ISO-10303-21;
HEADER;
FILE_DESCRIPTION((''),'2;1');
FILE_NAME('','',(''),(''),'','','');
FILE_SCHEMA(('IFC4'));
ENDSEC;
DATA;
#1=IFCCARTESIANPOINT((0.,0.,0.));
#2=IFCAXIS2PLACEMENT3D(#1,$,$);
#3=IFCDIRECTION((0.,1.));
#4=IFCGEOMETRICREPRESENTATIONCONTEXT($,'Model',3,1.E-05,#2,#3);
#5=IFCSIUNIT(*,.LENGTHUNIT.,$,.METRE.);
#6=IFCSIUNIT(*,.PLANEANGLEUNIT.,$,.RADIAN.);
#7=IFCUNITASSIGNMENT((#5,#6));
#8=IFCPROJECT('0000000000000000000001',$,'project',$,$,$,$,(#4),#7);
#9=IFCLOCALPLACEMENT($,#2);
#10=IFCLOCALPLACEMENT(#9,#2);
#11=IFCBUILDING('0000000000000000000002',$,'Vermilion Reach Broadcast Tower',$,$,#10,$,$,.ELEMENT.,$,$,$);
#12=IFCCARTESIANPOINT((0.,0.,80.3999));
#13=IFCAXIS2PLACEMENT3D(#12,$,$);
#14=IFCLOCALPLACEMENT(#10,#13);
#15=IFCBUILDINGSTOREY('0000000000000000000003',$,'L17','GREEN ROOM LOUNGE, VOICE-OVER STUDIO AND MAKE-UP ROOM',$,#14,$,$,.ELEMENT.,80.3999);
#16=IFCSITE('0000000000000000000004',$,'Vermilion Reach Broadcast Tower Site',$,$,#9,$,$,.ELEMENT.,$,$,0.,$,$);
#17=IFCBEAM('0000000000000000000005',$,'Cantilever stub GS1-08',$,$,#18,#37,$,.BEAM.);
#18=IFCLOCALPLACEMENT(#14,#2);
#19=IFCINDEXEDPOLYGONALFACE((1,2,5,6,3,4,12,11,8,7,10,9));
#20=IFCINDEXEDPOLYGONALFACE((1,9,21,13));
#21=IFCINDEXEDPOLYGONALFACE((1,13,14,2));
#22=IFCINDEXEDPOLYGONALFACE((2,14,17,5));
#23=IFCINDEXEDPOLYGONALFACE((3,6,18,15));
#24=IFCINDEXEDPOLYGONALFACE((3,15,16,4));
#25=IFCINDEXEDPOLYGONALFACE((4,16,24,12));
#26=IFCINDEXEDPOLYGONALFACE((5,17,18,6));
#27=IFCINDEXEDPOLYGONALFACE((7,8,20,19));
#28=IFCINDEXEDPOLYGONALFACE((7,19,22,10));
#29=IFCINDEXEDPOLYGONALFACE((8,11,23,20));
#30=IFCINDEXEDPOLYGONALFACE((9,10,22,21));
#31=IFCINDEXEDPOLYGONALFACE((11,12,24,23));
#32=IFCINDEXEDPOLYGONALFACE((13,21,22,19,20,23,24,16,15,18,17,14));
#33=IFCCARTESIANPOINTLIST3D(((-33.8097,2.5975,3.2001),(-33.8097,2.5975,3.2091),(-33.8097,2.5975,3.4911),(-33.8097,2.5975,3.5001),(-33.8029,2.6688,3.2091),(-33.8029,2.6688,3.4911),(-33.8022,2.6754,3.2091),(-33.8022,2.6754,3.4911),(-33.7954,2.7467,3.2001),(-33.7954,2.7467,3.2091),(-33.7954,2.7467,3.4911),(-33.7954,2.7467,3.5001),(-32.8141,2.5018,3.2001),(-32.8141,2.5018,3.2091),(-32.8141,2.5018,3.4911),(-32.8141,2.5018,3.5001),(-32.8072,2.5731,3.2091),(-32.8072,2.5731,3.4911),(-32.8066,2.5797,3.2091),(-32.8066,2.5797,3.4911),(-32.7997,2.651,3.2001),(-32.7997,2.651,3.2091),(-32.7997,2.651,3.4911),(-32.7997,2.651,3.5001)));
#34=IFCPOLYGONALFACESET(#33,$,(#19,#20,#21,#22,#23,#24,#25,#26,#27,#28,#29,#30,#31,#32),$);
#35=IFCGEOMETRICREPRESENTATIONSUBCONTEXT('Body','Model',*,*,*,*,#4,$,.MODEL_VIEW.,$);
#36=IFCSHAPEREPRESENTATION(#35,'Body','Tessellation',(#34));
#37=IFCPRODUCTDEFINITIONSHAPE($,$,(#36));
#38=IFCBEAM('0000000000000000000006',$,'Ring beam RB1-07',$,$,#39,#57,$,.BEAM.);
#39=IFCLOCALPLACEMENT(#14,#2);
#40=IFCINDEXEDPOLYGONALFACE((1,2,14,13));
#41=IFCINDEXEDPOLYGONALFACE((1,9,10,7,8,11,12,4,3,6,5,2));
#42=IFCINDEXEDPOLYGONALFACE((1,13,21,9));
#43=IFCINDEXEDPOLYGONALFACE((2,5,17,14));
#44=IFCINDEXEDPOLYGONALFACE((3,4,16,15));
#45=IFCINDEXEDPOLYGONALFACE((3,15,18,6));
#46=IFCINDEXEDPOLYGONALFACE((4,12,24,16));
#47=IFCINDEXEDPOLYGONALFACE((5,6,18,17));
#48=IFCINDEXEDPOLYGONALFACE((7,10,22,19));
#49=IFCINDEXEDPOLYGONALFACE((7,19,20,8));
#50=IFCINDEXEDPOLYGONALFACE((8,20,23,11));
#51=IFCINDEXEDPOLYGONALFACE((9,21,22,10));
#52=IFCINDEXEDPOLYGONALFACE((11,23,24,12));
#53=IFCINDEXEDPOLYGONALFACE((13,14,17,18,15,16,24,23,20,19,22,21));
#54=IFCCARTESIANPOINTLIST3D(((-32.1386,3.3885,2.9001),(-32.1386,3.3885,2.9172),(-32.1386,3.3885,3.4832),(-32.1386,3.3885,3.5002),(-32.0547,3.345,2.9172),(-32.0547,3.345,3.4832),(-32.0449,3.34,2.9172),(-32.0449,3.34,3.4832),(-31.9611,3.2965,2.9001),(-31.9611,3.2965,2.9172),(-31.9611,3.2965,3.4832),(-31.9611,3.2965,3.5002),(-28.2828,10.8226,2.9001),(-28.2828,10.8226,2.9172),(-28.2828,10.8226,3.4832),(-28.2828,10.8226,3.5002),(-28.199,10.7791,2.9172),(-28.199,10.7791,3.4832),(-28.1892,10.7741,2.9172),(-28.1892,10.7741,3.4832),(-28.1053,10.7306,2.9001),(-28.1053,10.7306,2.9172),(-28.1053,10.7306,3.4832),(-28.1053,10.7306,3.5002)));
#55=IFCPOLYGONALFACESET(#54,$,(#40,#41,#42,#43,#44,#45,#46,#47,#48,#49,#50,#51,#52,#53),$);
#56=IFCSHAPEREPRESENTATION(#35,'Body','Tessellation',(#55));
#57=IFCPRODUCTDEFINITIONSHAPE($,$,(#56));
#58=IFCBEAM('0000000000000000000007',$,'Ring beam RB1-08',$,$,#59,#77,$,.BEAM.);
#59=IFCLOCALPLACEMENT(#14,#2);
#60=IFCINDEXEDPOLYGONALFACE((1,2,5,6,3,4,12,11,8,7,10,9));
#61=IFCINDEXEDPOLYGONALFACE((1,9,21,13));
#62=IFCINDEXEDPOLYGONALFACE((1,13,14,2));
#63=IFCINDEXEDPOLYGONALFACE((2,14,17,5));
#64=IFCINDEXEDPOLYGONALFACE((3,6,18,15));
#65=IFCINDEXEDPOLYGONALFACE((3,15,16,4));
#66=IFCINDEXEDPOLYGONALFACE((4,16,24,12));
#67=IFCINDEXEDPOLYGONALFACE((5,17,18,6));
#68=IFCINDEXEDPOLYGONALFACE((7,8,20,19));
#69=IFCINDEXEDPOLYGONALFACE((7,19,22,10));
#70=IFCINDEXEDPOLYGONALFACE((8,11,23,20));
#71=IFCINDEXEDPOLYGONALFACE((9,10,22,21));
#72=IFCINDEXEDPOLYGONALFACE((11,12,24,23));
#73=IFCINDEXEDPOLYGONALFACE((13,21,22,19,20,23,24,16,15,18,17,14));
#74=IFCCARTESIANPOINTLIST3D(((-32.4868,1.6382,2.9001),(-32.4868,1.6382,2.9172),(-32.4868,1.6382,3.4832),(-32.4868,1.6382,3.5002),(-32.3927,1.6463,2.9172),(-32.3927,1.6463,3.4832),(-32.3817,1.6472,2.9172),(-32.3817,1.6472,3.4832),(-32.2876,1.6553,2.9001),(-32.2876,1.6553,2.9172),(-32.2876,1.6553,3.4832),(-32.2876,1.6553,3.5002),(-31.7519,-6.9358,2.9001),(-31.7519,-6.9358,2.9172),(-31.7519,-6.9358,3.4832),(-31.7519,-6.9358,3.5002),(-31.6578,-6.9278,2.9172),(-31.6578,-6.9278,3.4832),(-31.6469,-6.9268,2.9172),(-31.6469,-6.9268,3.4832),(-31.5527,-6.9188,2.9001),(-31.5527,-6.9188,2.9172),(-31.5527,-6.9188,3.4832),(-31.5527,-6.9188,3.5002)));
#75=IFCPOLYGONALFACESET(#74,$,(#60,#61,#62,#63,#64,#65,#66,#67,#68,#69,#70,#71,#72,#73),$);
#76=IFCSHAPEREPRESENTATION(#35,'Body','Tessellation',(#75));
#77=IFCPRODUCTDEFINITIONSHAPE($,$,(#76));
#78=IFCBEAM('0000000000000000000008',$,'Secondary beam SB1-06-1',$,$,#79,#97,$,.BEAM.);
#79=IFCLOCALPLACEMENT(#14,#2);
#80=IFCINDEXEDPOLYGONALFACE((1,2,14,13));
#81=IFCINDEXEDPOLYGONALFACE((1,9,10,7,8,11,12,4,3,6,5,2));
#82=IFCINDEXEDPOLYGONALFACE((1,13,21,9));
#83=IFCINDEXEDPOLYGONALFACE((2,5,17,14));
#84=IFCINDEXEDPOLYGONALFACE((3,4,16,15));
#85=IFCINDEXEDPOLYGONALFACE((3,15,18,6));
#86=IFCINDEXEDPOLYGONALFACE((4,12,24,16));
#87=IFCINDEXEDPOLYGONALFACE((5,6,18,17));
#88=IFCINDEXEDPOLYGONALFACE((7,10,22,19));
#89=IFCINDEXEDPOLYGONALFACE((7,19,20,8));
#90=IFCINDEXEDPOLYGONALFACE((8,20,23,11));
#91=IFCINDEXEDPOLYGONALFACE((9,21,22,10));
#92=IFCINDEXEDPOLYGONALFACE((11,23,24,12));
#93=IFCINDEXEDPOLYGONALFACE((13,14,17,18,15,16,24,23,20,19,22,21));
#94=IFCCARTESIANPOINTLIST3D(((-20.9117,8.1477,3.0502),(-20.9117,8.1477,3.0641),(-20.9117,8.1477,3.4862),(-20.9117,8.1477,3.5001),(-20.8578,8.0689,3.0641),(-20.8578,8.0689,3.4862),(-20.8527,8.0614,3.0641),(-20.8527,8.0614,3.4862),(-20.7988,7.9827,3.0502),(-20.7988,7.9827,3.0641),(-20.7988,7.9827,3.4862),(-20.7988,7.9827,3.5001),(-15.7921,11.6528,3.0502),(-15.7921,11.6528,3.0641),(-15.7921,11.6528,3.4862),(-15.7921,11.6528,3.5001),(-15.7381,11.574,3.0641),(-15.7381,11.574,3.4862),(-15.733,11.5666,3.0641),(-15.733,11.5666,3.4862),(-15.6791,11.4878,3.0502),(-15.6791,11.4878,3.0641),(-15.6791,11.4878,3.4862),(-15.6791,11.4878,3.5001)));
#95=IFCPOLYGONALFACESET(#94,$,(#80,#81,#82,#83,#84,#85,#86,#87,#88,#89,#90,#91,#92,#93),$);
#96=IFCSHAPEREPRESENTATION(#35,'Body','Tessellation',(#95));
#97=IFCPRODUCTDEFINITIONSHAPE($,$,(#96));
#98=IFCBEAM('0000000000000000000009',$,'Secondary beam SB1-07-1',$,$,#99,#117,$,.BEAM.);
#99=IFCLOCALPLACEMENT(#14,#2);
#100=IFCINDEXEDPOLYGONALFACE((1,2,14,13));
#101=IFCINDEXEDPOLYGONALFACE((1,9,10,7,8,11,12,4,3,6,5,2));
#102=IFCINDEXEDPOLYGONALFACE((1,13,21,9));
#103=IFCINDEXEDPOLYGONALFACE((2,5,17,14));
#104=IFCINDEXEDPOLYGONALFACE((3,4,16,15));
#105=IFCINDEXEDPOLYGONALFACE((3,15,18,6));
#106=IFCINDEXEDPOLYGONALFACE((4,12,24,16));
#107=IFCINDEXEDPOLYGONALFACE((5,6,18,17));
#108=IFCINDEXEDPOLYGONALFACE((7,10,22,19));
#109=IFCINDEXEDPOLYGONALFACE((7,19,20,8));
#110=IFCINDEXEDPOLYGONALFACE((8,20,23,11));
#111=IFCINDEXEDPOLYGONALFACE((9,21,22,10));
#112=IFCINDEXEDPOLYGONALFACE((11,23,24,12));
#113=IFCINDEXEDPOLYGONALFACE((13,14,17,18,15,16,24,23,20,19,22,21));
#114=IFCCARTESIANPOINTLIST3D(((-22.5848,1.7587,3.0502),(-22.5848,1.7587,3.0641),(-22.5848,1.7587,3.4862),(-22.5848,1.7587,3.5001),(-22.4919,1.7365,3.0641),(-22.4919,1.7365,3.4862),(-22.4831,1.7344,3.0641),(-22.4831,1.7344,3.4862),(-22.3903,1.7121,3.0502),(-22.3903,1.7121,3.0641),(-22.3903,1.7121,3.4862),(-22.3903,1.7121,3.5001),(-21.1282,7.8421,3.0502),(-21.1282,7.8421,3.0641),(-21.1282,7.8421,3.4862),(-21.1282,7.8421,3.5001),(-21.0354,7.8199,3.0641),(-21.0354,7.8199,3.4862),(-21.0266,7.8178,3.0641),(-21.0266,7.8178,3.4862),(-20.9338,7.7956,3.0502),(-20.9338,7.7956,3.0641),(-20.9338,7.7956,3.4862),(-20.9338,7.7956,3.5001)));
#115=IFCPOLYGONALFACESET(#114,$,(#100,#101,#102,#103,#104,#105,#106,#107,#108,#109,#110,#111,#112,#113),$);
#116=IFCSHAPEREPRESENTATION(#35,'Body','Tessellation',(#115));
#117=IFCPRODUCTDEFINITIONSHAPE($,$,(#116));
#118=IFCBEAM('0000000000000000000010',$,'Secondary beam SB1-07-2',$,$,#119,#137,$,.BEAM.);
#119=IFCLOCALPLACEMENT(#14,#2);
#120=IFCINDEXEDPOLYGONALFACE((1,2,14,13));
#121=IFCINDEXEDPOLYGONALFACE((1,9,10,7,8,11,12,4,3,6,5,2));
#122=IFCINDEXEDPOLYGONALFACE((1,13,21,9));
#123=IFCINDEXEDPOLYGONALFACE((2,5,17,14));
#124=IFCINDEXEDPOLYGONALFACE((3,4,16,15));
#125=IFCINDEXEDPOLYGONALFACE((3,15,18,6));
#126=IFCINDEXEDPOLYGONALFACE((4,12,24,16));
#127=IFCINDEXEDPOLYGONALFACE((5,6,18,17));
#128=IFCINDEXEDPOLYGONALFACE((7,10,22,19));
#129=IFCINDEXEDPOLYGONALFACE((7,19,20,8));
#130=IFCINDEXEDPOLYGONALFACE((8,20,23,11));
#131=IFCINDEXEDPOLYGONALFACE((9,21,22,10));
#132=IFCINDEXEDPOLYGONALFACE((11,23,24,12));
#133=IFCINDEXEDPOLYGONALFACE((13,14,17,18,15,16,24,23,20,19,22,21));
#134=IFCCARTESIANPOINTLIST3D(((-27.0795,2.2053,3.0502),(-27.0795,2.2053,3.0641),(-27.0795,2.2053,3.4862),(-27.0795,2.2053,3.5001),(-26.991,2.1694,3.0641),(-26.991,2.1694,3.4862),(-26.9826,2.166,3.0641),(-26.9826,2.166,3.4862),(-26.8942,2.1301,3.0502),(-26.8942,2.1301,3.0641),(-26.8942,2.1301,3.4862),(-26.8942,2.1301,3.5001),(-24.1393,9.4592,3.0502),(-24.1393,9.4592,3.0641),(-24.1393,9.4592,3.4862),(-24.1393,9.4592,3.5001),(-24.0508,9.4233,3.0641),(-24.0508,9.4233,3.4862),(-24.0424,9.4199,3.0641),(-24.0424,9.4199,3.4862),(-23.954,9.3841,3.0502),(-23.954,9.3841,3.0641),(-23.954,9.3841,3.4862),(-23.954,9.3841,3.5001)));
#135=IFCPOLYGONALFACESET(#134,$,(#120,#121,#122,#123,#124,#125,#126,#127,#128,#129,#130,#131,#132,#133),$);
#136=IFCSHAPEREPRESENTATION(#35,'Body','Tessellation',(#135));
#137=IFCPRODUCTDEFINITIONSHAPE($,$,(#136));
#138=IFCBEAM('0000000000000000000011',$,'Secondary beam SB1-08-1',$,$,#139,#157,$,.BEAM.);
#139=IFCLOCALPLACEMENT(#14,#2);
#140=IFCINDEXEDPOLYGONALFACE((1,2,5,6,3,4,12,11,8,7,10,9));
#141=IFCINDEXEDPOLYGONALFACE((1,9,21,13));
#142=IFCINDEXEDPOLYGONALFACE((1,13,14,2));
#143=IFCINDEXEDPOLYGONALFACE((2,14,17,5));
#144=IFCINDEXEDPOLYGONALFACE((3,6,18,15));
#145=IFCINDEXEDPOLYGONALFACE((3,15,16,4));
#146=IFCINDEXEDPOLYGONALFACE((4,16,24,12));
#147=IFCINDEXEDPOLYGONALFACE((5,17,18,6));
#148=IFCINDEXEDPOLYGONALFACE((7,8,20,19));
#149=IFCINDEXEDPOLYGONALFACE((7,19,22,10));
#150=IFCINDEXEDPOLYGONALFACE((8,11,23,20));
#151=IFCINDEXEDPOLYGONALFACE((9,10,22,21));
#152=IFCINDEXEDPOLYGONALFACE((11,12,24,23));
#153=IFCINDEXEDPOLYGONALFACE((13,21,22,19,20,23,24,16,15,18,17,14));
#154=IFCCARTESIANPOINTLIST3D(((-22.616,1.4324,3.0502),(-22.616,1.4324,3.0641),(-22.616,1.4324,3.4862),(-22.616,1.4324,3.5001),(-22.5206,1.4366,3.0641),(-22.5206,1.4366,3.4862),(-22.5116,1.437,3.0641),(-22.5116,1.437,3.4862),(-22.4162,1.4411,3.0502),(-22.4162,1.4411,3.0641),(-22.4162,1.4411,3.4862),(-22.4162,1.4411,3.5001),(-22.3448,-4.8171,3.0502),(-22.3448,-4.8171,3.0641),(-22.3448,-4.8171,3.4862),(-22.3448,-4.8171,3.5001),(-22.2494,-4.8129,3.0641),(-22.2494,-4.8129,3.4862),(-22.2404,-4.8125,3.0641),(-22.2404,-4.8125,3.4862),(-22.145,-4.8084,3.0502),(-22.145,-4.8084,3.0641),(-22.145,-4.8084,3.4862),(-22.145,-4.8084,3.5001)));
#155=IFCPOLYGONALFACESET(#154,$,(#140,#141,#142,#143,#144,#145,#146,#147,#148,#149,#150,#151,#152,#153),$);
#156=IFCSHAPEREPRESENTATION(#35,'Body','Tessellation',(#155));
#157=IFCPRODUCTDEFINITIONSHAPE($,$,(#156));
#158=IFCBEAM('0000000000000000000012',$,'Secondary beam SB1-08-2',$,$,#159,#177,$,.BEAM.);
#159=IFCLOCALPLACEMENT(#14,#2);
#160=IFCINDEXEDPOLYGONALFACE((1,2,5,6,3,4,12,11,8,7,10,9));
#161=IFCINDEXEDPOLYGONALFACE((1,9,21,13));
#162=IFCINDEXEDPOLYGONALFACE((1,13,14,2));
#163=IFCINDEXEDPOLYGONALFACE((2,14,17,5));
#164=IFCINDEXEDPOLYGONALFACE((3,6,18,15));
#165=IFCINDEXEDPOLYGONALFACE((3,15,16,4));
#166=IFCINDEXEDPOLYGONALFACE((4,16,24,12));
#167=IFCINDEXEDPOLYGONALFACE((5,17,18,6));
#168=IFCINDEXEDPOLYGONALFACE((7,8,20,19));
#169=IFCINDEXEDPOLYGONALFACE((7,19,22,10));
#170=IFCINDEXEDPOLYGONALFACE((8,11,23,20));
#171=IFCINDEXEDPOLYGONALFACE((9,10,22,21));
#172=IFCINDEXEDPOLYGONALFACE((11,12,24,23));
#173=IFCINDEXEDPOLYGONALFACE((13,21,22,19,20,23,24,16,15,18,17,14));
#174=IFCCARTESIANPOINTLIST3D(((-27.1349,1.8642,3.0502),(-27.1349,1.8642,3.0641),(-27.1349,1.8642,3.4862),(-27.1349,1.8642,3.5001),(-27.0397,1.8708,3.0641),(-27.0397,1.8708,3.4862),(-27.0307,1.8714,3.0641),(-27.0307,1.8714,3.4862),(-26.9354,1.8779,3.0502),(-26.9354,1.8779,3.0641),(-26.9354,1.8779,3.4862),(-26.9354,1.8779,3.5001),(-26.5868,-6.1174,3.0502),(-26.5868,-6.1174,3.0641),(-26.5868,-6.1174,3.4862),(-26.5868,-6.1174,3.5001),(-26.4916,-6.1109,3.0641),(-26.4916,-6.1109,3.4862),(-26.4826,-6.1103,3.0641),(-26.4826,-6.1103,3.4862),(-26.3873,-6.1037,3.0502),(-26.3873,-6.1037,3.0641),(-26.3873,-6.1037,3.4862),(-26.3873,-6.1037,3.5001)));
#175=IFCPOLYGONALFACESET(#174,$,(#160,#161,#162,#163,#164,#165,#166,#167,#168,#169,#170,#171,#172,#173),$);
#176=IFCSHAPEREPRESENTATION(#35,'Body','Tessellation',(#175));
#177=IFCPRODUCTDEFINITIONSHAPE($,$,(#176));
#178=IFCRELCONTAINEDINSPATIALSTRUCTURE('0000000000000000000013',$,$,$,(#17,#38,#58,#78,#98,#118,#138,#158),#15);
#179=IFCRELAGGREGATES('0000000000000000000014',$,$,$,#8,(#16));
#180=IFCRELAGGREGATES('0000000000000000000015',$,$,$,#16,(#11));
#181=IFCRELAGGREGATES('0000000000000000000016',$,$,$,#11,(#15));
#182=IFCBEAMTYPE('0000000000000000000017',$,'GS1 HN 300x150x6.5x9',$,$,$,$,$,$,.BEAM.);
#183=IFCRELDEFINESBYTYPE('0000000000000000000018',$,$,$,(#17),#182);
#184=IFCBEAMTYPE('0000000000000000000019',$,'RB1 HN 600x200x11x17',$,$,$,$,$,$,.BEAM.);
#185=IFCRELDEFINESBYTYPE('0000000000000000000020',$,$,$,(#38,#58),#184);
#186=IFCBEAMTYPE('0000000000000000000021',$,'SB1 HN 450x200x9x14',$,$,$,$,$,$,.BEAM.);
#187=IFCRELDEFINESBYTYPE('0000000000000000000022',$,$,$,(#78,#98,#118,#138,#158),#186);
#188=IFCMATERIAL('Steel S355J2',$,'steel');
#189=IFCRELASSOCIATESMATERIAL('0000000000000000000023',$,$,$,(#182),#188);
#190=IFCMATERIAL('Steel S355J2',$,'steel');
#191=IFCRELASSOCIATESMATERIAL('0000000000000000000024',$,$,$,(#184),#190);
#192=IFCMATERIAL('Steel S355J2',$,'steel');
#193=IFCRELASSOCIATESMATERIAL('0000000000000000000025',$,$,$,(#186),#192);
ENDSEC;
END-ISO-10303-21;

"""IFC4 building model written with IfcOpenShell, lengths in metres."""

from ifc_helpers import new_model, si_unit, direction, frame, origin, origin_2d, place, context, subcontext, project, spatial, i_section, extrude, material, material_profile, profile_set, type_object, element, save


model = new_model("IFC4")

# Units and contexts
model_context = context("Model", 3, precision=1e-05, world=origin(), true_north=direction((0.0, 1.0)))
body_context = subcontext(model_context, "Body", "Model", "MODEL_VIEW")
ifc_project = project(units=[si_unit("LENGTHUNIT", "METRE"), si_unit("PLANEANGLEUNIT", "RADIAN")], contexts=[model_context])

# Site, building, storey
site_placement = place(None, origin())
site = spatial("IfcSite", under=ifc_project, at=site_placement, Name="Vermilion Reach Broadcast Tower Site", CompositionType="ELEMENT", RefElevation=0.0)
building_placement = place(site_placement, origin())
building = spatial("IfcBuilding", under=site, at=building_placement, Name="Vermilion Reach Broadcast Tower", CompositionType="ELEMENT")
storey_placement = place(building_placement, frame((0.0, 0.0, 80.3999)))
storey = spatial("IfcBuildingStorey", under=building, at=storey_placement, Name="L17", Description="GREEN ROOM LOUNGE, VOICE-OVER STUDIO AND MAKE-UP ROOM", CompositionType="ELEMENT", Elevation=80.3999)

# Beams
ifc_material_1 = material(Name="Steel S355J2", Category="steel")
ifc_material_profile_1 = material_profile(ifc_material_1, i_section(OverallWidth=0.1499, OverallDepth=0.3, WebThickness=0.0066, FlangeThickness=0.009, at=origin_2d()), Name="S355J2 HN 300x150x6.5x9")
ifc_profile_set_1 = profile_set([ifc_material_profile_1], Name="Steel S355J2")
beam_type_1 = type_object("IfcBeamType", Name="GS1 HN 300x150x6.5x9", PredefinedType="BEAM", material=ifc_profile_set_1)
beam_1_placement = place(storey_placement, frame((-32.8069, 2.5764, 3.3501), z_axis=(-0.995412, 0.095685, 0.0), x_axis=(-0.095685, -0.995412, 0.0)))
element("IfcBeam", 1, at=beam_1_placement, inside=storey, type_object=beam_type_1, Name="Cantilever stub GS1-08", PredefinedType="BEAM", context=body_context, shape_type="SweptSolid", body=[
    extrude(i_section(OverallWidth=0.1499, OverallDepth=0.3, WebThickness=0.0066, FlangeThickness=0.009, at=origin_2d()), origin(), (0.0, 0.0, 1.0), 1.0002),
])
ifc_material_2 = material(Name="Steel S355J2", Category="steel")
ifc_material_profile_2 = material_profile(ifc_material_2, i_section(OverallWidth=0.2, OverallDepth=0.6001, WebThickness=0.011, FlangeThickness=0.0171, at=origin_2d()), Name="S355J2 HN 600x200x11x17")
ifc_profile_set_2 = profile_set([ifc_material_profile_2], Name="Steel S355J2")
beam_type_2 = type_object("IfcBeamType", Name="RB1 HN 600x200x11x17", PredefinedType="BEAM", material=ifc_profile_set_2)
beam_2_placement = place(storey_placement, frame((-28.1941, 10.7766, 3.2002), z_axis=(-0.460412, -0.887706, 0.0), x_axis=(0.887706, -0.460412, 0.0)))
element("IfcBeam", 2, at=beam_2_placement, inside=storey, type_object=beam_type_2, Name="Ring beam RB1-07", PredefinedType="BEAM", context=body_context, shape_type="SweptSolid", body=[
    extrude(i_section(OverallWidth=0.2, OverallDepth=0.6001, WebThickness=0.011, FlangeThickness=0.0171, at=origin_2d()), origin(), (0.0, 0.0, 1.0), 8.3745),
])
beam_3_placement = place(storey_placement, frame((-32.3872, 1.6467, 3.2002), z_axis=(0.085396, -0.996347, 0.0), x_axis=(0.996347, 0.085396, 0.0)))
element("IfcBeam", 3, at=beam_3_placement, inside=storey, type_object=beam_type_2, Name="Ring beam RB1-08", PredefinedType="BEAM", context=body_context, shape_type="SweptSolid", body=[
    extrude(i_section(OverallWidth=0.2, OverallDepth=0.6001, WebThickness=0.011, FlangeThickness=0.0171, at=origin_2d()), origin(), (0.0, 0.0, 1.0), 8.6055),
])
ifc_material_3 = material(Name="Steel S355J2", Category="steel")
ifc_material_profile_3 = material_profile(ifc_material_3, i_section(OverallWidth=0.2, OverallDepth=0.45, WebThickness=0.009, FlangeThickness=0.0139, at=origin_2d()), Name="S355J2 HN 450x200x9x14")
ifc_profile_set_3 = profile_set([ifc_material_profile_3], Name="Steel S355J2")
beam_type_3 = type_object("IfcBeamType", Name="SB1 HN 450x200x9x14", PredefinedType="BEAM", material=ifc_profile_set_3)
beam_4_placement = place(storey_placement, frame((-15.7356, 11.5703, 3.2751), z_axis=(-0.82514, -0.564928, 0.0), x_axis=(0.564928, -0.82514, 0.0)))
element("IfcBeam", 4, at=beam_4_placement, inside=storey, type_object=beam_type_3, Name="Secondary beam SB1-06-1", PredefinedType="BEAM", context=body_context, shape_type="SweptSolid", body=[
    extrude(i_section(OverallWidth=0.2, OverallDepth=0.45, WebThickness=0.009, FlangeThickness=0.0139, at=origin_2d()), origin(), (0.0, 0.0, 1.0), 6.2046),
])
beam_5_placement = place(storey_placement, frame((-21.031, 7.8188, 3.2751), z_axis=(-0.232844, -0.972514, 0.0), x_axis=(0.972514, -0.232844, 0.0)))
element("IfcBeam", 5, at=beam_5_placement, inside=storey, type_object=beam_type_3, Name="Secondary beam SB1-07-1", PredefinedType="BEAM", context=body_context, shape_type="SweptSolid", body=[
    extrude(i_section(OverallWidth=0.2, OverallDepth=0.45, WebThickness=0.009, FlangeThickness=0.0139, at=origin_2d()), origin(), (0.0, 0.0, 1.0), 6.2554),
])
beam_6_placement = place(storey_placement, frame((-24.0466, 9.4216, 3.2751), z_axis=(-0.375641, -0.926765, 0.0), x_axis=(0.926765, -0.375641, 0.0)))
element("IfcBeam", 6, at=beam_6_placement, inside=storey, type_object=beam_type_3, Name="Secondary beam SB1-07-2", PredefinedType="BEAM", context=body_context, shape_type="SweptSolid", body=[
    extrude(i_section(OverallWidth=0.2, OverallDepth=0.45, WebThickness=0.009, FlangeThickness=0.0139, at=origin_2d()), origin(), (0.0, 0.0, 1.0), 7.8271),
])
beam_7_placement = place(storey_placement, frame((-22.5161, 1.4368, 3.2751), z_axis=(0.043361, -0.999059, 0.0), x_axis=(0.999059, 0.043361, 0.0)))
element("IfcBeam", 7, at=beam_7_placement, inside=storey, type_object=beam_type_3, Name="Secondary beam SB1-08-1", PredefinedType="BEAM", context=body_context, shape_type="SweptSolid", body=[
    extrude(i_section(OverallWidth=0.2, OverallDepth=0.45, WebThickness=0.009, FlangeThickness=0.0139, at=origin_2d()), origin(), (0.0, 0.0, 1.0), 6.2554),
])
beam_8_placement = place(storey_placement, frame((-27.0352, 1.8711, 3.2751), z_axis=(0.068508, -0.997651, 0.0), x_axis=(0.997651, 0.068508, 0.0)))
element("IfcBeam", 8, at=beam_8_placement, inside=storey, type_object=beam_type_3, Name="Secondary beam SB1-08-2", PredefinedType="BEAM", context=body_context, shape_type="SweptSolid", body=[
    extrude(i_section(OverallWidth=0.2, OverallDepth=0.45, WebThickness=0.009, FlangeThickness=0.0139, at=origin_2d()), origin(), (0.0, 0.0, 1.0), 8.0005),
])

save(model, "model.ifc")
